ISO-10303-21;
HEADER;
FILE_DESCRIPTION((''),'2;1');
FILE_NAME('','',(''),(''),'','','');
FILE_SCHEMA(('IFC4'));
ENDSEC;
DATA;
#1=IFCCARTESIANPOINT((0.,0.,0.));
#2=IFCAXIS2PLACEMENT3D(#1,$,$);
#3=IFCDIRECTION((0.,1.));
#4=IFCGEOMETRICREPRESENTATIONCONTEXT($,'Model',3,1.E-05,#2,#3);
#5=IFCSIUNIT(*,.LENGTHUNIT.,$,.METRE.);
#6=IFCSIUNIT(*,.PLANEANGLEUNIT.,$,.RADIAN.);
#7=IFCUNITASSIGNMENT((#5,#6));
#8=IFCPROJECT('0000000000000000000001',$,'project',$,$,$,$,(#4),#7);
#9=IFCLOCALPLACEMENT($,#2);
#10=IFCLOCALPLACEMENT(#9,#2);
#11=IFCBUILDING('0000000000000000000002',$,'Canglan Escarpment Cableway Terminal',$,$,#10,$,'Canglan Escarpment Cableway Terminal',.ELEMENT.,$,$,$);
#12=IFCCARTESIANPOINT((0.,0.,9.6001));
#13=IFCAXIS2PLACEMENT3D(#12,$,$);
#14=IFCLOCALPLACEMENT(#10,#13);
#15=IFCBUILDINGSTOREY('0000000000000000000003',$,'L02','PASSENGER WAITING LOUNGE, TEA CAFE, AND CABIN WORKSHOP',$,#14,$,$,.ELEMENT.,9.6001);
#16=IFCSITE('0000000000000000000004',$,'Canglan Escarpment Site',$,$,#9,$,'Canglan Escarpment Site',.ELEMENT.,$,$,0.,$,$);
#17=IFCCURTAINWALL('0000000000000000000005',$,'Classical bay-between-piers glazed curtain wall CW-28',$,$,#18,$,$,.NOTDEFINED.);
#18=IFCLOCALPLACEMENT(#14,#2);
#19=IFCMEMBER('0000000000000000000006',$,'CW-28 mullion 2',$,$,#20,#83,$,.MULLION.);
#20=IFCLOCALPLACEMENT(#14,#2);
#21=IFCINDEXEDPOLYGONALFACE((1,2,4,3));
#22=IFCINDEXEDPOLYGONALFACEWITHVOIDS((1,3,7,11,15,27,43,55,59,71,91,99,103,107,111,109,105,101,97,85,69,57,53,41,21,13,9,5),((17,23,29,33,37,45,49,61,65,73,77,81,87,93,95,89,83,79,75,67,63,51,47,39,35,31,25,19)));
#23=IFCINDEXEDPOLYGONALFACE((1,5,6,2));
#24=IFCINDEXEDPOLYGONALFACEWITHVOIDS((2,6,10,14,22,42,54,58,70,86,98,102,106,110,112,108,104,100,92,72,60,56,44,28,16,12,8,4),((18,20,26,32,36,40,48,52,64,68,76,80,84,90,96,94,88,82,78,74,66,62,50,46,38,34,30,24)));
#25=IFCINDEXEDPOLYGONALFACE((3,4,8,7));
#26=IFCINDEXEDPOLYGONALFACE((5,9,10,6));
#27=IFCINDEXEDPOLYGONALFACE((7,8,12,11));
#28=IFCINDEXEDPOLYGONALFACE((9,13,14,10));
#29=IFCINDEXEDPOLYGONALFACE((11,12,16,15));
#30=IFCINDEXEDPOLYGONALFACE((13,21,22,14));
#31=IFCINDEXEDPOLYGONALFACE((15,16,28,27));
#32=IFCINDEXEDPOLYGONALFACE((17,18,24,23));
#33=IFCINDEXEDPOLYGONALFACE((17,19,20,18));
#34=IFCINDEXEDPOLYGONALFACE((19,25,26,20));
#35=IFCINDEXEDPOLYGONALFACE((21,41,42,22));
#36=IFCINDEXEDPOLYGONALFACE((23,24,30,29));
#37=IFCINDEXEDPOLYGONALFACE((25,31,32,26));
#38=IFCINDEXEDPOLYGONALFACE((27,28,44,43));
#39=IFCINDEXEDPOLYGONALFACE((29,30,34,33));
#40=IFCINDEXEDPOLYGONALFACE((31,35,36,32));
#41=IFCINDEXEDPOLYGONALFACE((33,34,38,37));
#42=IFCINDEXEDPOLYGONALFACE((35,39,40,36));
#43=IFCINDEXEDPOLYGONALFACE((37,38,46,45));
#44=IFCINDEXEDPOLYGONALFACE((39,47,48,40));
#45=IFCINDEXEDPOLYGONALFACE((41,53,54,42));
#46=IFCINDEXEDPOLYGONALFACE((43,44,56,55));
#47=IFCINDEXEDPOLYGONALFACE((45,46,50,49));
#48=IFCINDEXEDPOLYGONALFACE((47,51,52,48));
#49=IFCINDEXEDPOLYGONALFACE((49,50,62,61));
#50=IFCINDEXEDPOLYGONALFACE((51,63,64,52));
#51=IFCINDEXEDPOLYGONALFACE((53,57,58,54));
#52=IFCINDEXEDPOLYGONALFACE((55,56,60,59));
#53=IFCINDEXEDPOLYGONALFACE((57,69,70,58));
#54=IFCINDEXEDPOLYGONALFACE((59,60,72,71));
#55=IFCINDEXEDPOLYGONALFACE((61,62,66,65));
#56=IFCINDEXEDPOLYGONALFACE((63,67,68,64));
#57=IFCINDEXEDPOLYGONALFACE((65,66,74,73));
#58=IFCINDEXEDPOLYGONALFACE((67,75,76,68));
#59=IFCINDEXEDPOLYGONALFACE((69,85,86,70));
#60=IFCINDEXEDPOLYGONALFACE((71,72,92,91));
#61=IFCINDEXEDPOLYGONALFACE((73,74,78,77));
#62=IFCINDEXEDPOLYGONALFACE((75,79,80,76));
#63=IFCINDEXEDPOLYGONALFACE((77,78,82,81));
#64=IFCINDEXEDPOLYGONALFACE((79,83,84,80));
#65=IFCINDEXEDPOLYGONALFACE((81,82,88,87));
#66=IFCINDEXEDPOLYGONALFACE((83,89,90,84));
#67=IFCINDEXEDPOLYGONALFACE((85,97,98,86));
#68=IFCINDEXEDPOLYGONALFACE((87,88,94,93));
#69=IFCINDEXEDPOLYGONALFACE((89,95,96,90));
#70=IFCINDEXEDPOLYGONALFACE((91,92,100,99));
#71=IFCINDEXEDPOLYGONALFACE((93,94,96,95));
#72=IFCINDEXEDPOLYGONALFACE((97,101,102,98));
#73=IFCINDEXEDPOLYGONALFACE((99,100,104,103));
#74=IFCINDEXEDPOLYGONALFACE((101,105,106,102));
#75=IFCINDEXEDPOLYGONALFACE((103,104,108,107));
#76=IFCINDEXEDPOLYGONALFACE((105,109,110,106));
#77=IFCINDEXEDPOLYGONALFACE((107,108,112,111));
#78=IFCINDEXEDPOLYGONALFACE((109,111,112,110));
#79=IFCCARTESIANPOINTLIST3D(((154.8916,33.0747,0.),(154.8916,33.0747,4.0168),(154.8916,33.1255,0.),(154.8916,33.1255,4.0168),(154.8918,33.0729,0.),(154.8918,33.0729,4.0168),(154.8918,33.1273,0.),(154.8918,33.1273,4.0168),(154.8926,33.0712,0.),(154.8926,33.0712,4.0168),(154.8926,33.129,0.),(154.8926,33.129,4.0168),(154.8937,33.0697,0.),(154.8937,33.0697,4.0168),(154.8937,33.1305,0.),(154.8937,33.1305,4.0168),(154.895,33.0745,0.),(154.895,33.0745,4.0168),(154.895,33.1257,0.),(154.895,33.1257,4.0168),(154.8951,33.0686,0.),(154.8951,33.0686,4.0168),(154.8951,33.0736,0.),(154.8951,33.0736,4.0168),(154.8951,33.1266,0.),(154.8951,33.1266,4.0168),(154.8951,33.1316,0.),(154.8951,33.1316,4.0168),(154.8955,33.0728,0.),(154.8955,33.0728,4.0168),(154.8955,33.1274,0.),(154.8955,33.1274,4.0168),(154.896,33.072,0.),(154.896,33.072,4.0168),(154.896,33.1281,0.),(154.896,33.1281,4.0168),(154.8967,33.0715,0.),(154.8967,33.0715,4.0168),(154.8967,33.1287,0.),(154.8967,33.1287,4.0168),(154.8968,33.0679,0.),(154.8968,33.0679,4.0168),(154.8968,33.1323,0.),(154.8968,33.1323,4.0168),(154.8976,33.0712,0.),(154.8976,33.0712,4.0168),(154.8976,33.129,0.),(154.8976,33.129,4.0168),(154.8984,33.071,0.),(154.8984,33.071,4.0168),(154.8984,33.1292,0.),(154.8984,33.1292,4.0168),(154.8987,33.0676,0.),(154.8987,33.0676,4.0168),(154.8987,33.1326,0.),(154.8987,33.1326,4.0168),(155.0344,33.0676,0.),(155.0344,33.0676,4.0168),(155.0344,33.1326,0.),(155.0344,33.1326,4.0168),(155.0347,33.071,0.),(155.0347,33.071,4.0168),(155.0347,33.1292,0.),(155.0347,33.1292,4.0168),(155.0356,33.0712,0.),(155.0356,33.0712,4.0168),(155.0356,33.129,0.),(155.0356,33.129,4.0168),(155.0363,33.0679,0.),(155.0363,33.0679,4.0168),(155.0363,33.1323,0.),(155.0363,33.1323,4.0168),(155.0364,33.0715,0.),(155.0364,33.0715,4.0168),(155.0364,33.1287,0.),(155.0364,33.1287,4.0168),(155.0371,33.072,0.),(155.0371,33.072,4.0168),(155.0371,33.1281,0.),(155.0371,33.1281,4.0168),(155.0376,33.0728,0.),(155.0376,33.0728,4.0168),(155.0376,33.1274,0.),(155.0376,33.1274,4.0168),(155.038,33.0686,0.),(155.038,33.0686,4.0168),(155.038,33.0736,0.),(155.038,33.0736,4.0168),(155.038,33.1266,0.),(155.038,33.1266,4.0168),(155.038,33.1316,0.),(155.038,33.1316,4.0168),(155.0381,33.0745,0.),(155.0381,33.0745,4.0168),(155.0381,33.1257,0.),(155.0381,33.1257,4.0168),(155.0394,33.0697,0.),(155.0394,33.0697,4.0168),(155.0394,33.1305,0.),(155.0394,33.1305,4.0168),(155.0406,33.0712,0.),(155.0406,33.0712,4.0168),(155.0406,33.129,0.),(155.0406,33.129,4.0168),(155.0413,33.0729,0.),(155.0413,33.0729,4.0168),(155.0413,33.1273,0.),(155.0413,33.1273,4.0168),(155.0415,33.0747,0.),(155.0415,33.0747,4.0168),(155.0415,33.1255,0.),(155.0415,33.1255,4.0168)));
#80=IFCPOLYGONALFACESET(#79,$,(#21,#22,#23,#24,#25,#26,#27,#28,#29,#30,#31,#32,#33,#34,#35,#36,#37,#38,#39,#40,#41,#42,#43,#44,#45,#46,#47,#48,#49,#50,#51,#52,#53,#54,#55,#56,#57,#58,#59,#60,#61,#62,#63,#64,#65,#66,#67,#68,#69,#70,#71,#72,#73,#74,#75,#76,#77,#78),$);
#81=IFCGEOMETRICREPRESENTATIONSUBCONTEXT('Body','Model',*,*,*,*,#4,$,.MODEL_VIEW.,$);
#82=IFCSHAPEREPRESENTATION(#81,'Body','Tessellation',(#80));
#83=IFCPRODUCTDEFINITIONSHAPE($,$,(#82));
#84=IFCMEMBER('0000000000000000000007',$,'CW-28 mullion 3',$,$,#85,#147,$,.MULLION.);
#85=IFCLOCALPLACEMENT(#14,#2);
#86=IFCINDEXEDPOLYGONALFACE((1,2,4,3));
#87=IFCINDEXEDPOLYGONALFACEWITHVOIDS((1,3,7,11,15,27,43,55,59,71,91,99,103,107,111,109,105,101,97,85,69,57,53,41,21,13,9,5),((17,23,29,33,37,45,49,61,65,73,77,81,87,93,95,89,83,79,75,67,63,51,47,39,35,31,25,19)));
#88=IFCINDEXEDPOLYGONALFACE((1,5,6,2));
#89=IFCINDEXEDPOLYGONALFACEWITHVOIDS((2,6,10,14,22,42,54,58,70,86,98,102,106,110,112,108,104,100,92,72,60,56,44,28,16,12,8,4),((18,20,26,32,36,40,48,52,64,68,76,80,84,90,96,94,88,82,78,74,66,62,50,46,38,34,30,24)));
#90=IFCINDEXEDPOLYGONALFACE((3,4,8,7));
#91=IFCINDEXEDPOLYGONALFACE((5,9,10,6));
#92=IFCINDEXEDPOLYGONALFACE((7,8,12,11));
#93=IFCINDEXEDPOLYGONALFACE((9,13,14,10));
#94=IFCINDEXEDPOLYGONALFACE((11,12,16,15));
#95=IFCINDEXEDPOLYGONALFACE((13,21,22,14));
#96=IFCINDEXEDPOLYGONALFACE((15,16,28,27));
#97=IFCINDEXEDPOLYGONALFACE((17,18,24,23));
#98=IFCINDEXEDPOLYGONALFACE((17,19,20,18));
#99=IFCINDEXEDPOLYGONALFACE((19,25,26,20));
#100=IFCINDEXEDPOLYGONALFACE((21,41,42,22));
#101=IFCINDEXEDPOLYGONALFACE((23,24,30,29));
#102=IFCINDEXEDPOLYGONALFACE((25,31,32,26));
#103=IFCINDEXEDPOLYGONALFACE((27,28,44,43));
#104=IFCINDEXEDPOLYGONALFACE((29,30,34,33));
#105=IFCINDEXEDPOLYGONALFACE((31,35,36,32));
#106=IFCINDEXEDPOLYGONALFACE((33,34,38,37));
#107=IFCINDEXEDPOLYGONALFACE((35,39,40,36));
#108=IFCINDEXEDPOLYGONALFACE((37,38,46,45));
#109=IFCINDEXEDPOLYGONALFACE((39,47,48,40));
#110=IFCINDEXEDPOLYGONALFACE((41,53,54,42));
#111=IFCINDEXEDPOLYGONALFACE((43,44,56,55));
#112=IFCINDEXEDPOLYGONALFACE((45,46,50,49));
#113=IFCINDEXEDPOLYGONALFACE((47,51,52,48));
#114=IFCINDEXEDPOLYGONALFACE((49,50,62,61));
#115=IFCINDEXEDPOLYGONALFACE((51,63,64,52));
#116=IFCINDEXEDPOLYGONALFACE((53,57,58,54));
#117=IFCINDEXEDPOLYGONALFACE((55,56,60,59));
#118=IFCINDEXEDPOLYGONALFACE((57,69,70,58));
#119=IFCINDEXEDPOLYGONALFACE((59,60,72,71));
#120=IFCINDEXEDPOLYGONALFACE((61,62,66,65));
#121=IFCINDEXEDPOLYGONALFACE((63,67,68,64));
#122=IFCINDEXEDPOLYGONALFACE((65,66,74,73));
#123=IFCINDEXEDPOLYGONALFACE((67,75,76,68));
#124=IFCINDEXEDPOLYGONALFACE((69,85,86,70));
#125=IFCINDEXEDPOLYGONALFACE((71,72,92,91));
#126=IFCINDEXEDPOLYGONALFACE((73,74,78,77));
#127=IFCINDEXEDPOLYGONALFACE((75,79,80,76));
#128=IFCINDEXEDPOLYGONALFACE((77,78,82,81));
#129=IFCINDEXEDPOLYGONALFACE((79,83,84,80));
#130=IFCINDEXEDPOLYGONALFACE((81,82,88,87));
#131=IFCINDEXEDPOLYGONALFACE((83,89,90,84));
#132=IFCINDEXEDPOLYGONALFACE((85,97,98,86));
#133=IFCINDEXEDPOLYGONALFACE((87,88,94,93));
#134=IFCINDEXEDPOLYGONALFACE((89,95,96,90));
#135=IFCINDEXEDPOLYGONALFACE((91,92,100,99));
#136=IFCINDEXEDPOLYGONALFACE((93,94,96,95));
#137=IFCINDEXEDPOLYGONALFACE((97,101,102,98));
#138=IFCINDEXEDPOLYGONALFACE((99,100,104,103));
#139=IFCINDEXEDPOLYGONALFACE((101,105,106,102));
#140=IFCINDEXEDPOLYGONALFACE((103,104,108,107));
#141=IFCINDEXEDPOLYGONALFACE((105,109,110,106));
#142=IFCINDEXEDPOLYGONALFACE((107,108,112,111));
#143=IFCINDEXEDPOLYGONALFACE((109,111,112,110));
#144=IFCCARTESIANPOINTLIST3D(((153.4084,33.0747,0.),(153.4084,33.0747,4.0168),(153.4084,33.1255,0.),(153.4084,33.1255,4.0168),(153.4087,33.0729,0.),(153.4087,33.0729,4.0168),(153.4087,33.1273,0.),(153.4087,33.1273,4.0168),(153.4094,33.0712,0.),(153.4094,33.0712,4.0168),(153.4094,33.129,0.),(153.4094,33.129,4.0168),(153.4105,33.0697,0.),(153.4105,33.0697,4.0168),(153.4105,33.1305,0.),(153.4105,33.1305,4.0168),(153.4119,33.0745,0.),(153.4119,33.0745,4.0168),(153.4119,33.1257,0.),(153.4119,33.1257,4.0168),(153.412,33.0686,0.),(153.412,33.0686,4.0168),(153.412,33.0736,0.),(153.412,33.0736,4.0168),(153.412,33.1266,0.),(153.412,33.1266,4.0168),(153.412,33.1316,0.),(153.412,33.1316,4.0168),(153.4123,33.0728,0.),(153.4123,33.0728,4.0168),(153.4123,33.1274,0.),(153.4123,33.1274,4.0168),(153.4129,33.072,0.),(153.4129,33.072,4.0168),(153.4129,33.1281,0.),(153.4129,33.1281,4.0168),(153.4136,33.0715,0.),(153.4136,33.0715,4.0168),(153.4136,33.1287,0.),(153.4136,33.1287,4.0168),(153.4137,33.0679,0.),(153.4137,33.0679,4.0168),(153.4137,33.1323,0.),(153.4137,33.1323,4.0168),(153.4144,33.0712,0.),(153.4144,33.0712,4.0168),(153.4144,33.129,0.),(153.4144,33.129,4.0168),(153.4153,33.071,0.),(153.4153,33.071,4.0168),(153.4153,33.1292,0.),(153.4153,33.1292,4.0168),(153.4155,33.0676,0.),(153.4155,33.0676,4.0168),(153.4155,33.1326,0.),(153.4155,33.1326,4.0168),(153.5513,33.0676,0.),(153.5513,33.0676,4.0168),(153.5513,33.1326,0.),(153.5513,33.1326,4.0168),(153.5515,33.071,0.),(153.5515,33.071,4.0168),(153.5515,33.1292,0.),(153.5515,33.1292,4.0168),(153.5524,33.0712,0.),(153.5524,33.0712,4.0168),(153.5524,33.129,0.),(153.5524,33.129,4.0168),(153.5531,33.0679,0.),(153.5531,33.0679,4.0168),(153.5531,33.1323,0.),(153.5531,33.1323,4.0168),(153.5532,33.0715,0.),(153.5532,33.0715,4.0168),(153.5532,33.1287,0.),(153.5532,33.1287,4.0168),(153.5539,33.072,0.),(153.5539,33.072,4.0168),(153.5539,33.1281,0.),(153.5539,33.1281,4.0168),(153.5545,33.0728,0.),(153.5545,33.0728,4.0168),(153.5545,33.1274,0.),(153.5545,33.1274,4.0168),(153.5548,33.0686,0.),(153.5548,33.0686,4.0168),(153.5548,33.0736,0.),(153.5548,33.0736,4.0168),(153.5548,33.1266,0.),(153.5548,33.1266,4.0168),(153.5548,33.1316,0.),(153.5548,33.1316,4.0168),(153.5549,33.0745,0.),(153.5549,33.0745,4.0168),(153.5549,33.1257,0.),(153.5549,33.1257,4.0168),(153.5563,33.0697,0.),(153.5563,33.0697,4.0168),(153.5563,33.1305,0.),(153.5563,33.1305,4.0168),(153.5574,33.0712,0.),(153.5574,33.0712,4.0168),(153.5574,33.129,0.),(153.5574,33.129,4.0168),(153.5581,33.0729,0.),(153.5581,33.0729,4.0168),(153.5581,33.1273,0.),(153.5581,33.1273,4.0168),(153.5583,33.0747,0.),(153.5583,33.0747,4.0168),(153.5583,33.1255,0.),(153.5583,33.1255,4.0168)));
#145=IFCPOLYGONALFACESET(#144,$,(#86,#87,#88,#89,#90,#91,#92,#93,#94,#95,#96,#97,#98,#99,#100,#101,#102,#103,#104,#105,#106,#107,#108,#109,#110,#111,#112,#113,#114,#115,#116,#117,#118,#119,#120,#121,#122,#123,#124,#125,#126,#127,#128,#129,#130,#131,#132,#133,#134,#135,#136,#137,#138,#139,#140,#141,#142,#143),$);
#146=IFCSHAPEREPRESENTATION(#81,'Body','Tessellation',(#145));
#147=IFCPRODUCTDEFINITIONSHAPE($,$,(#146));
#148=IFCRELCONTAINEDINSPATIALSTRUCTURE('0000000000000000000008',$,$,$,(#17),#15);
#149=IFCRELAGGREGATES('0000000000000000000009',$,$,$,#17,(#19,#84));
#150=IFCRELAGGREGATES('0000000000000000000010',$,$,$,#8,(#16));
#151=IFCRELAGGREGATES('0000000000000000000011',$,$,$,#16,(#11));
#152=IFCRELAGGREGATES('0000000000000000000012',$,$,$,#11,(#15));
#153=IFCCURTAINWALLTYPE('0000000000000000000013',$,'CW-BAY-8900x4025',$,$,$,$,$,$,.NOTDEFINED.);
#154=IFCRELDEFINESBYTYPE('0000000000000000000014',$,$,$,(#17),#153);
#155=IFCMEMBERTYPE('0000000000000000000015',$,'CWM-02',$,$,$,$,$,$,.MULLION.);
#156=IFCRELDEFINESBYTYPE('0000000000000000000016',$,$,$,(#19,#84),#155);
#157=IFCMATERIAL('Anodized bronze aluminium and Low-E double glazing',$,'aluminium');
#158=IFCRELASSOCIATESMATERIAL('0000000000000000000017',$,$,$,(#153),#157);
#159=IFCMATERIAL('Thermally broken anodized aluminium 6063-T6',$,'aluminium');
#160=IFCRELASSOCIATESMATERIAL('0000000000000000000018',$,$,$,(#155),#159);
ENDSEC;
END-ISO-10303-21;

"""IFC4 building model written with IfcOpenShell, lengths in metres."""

from ifc_helpers import new_model, si_unit, direction, frame, origin, origin_2d, place, context, subcontext, project, spatial, hollow_rectangle, extrude, material, material_profile, profile_set, type_object, element, aggregate, save


model = new_model("IFC4")

# Units and contexts
model_context = context("Model", 3, precision=1e-05, world=origin(), true_north=direction((0.0, 1.0)))
body_context = subcontext(model_context, "Body", "Model", "MODEL_VIEW")
ifc_project = project(units=[si_unit("LENGTHUNIT", "METRE"), si_unit("PLANEANGLEUNIT", "RADIAN")], contexts=[model_context])

# Site, building, storey
site_placement = place(None, origin())
site = spatial("IfcSite", under=ifc_project, at=site_placement, Name="Canglan Escarpment Site", LongName="Canglan Escarpment Site", CompositionType="ELEMENT", RefElevation=0.0)
building_placement = place(site_placement, origin())
building = spatial("IfcBuilding", under=site, at=building_placement, Name="Canglan Escarpment Cableway Terminal", LongName="Canglan Escarpment Cableway Terminal", CompositionType="ELEMENT")
storey_placement = place(building_placement, frame((0.0, 0.0, 9.6001)))
storey = spatial("IfcBuildingStorey", under=building, at=storey_placement, Name="L02", Description="PASSENGER WAITING LOUNGE, TEA CAFE, AND CABIN WORKSHOP", CompositionType="ELEMENT", Elevation=9.6001)

# Curtain wall, members
ifc_material_1 = material(Name="Anodized bronze aluminium and Low-E double glazing", Category="aluminium")
curtain_wall_type = type_object("IfcCurtainWallType", Name="CW-BAY-8900x4025", PredefinedType="NOTDEFINED", material=ifc_material_1)
curtain_wall_1_placement = place(storey_placement, origin())
curtain_wall_1 = element("IfcCurtainWall", 1, at=curtain_wall_1_placement, inside=storey, type_object=curtain_wall_type, Name="Classical bay-between-piers glazed curtain wall CW-28", PredefinedType="NOTDEFINED")
ifc_material_2 = material(Name="Thermally broken anodized aluminium 6063-T6", Category="aluminium")
ifc_material_profile_1 = material_profile(ifc_material_2, hollow_rectangle(XDim=0.0649, YDim=0.1499, WallThickness=0.0034, InnerFilletRadius=0.0034, OuterFilletRadius=0.0071, at=origin_2d()), Name="ALU-MULL 65x150x3.5")
ifc_profile_set_1 = profile_set([ifc_material_profile_1], Name="Thermally broken anodized aluminium 6063-T6")
member_type_1 = type_object("IfcMemberType", Name="CWM-02", PredefinedType="MULLION", material=ifc_profile_set_1)
member_1_placement = place(storey_placement, frame((154.9666, 33.1001, 0.0), z_axis=(0.0, 0.0, 1.0), x_axis=(0.0, -1.0, 0.0)))
member_1 = element("IfcMember", 2, at=member_1_placement, type_object=member_type_1, Name="CW-28 mullion 2", PredefinedType="MULLION", context=body_context, shape_type="SweptSolid", body=[
    extrude(hollow_rectangle(XDim=0.0649, YDim=0.1499, WallThickness=0.0034, InnerFilletRadius=0.0034, OuterFilletRadius=0.0071, at=origin_2d()), origin(), (0.0, 0.0, 1.0), 4.0168),
])
member_2_placement = place(storey_placement, frame((153.4834, 33.1001, 0.0), z_axis=(0.0, 0.0, 1.0), x_axis=(0.0, -1.0, 0.0)))
member_2 = element("IfcMember", 3, at=member_2_placement, type_object=member_type_1, Name="CW-28 mullion 3", PredefinedType="MULLION", context=body_context, shape_type="SweptSolid", body=[
    extrude(hollow_rectangle(XDim=0.0649, YDim=0.1499, WallThickness=0.0034, InnerFilletRadius=0.0034, OuterFilletRadius=0.0071, at=origin_2d()), origin(), (0.0, 0.0, 1.0), 4.0168),
])

aggregate(curtain_wall_1, [member_1, member_2])

save(model, "model.ifc")
